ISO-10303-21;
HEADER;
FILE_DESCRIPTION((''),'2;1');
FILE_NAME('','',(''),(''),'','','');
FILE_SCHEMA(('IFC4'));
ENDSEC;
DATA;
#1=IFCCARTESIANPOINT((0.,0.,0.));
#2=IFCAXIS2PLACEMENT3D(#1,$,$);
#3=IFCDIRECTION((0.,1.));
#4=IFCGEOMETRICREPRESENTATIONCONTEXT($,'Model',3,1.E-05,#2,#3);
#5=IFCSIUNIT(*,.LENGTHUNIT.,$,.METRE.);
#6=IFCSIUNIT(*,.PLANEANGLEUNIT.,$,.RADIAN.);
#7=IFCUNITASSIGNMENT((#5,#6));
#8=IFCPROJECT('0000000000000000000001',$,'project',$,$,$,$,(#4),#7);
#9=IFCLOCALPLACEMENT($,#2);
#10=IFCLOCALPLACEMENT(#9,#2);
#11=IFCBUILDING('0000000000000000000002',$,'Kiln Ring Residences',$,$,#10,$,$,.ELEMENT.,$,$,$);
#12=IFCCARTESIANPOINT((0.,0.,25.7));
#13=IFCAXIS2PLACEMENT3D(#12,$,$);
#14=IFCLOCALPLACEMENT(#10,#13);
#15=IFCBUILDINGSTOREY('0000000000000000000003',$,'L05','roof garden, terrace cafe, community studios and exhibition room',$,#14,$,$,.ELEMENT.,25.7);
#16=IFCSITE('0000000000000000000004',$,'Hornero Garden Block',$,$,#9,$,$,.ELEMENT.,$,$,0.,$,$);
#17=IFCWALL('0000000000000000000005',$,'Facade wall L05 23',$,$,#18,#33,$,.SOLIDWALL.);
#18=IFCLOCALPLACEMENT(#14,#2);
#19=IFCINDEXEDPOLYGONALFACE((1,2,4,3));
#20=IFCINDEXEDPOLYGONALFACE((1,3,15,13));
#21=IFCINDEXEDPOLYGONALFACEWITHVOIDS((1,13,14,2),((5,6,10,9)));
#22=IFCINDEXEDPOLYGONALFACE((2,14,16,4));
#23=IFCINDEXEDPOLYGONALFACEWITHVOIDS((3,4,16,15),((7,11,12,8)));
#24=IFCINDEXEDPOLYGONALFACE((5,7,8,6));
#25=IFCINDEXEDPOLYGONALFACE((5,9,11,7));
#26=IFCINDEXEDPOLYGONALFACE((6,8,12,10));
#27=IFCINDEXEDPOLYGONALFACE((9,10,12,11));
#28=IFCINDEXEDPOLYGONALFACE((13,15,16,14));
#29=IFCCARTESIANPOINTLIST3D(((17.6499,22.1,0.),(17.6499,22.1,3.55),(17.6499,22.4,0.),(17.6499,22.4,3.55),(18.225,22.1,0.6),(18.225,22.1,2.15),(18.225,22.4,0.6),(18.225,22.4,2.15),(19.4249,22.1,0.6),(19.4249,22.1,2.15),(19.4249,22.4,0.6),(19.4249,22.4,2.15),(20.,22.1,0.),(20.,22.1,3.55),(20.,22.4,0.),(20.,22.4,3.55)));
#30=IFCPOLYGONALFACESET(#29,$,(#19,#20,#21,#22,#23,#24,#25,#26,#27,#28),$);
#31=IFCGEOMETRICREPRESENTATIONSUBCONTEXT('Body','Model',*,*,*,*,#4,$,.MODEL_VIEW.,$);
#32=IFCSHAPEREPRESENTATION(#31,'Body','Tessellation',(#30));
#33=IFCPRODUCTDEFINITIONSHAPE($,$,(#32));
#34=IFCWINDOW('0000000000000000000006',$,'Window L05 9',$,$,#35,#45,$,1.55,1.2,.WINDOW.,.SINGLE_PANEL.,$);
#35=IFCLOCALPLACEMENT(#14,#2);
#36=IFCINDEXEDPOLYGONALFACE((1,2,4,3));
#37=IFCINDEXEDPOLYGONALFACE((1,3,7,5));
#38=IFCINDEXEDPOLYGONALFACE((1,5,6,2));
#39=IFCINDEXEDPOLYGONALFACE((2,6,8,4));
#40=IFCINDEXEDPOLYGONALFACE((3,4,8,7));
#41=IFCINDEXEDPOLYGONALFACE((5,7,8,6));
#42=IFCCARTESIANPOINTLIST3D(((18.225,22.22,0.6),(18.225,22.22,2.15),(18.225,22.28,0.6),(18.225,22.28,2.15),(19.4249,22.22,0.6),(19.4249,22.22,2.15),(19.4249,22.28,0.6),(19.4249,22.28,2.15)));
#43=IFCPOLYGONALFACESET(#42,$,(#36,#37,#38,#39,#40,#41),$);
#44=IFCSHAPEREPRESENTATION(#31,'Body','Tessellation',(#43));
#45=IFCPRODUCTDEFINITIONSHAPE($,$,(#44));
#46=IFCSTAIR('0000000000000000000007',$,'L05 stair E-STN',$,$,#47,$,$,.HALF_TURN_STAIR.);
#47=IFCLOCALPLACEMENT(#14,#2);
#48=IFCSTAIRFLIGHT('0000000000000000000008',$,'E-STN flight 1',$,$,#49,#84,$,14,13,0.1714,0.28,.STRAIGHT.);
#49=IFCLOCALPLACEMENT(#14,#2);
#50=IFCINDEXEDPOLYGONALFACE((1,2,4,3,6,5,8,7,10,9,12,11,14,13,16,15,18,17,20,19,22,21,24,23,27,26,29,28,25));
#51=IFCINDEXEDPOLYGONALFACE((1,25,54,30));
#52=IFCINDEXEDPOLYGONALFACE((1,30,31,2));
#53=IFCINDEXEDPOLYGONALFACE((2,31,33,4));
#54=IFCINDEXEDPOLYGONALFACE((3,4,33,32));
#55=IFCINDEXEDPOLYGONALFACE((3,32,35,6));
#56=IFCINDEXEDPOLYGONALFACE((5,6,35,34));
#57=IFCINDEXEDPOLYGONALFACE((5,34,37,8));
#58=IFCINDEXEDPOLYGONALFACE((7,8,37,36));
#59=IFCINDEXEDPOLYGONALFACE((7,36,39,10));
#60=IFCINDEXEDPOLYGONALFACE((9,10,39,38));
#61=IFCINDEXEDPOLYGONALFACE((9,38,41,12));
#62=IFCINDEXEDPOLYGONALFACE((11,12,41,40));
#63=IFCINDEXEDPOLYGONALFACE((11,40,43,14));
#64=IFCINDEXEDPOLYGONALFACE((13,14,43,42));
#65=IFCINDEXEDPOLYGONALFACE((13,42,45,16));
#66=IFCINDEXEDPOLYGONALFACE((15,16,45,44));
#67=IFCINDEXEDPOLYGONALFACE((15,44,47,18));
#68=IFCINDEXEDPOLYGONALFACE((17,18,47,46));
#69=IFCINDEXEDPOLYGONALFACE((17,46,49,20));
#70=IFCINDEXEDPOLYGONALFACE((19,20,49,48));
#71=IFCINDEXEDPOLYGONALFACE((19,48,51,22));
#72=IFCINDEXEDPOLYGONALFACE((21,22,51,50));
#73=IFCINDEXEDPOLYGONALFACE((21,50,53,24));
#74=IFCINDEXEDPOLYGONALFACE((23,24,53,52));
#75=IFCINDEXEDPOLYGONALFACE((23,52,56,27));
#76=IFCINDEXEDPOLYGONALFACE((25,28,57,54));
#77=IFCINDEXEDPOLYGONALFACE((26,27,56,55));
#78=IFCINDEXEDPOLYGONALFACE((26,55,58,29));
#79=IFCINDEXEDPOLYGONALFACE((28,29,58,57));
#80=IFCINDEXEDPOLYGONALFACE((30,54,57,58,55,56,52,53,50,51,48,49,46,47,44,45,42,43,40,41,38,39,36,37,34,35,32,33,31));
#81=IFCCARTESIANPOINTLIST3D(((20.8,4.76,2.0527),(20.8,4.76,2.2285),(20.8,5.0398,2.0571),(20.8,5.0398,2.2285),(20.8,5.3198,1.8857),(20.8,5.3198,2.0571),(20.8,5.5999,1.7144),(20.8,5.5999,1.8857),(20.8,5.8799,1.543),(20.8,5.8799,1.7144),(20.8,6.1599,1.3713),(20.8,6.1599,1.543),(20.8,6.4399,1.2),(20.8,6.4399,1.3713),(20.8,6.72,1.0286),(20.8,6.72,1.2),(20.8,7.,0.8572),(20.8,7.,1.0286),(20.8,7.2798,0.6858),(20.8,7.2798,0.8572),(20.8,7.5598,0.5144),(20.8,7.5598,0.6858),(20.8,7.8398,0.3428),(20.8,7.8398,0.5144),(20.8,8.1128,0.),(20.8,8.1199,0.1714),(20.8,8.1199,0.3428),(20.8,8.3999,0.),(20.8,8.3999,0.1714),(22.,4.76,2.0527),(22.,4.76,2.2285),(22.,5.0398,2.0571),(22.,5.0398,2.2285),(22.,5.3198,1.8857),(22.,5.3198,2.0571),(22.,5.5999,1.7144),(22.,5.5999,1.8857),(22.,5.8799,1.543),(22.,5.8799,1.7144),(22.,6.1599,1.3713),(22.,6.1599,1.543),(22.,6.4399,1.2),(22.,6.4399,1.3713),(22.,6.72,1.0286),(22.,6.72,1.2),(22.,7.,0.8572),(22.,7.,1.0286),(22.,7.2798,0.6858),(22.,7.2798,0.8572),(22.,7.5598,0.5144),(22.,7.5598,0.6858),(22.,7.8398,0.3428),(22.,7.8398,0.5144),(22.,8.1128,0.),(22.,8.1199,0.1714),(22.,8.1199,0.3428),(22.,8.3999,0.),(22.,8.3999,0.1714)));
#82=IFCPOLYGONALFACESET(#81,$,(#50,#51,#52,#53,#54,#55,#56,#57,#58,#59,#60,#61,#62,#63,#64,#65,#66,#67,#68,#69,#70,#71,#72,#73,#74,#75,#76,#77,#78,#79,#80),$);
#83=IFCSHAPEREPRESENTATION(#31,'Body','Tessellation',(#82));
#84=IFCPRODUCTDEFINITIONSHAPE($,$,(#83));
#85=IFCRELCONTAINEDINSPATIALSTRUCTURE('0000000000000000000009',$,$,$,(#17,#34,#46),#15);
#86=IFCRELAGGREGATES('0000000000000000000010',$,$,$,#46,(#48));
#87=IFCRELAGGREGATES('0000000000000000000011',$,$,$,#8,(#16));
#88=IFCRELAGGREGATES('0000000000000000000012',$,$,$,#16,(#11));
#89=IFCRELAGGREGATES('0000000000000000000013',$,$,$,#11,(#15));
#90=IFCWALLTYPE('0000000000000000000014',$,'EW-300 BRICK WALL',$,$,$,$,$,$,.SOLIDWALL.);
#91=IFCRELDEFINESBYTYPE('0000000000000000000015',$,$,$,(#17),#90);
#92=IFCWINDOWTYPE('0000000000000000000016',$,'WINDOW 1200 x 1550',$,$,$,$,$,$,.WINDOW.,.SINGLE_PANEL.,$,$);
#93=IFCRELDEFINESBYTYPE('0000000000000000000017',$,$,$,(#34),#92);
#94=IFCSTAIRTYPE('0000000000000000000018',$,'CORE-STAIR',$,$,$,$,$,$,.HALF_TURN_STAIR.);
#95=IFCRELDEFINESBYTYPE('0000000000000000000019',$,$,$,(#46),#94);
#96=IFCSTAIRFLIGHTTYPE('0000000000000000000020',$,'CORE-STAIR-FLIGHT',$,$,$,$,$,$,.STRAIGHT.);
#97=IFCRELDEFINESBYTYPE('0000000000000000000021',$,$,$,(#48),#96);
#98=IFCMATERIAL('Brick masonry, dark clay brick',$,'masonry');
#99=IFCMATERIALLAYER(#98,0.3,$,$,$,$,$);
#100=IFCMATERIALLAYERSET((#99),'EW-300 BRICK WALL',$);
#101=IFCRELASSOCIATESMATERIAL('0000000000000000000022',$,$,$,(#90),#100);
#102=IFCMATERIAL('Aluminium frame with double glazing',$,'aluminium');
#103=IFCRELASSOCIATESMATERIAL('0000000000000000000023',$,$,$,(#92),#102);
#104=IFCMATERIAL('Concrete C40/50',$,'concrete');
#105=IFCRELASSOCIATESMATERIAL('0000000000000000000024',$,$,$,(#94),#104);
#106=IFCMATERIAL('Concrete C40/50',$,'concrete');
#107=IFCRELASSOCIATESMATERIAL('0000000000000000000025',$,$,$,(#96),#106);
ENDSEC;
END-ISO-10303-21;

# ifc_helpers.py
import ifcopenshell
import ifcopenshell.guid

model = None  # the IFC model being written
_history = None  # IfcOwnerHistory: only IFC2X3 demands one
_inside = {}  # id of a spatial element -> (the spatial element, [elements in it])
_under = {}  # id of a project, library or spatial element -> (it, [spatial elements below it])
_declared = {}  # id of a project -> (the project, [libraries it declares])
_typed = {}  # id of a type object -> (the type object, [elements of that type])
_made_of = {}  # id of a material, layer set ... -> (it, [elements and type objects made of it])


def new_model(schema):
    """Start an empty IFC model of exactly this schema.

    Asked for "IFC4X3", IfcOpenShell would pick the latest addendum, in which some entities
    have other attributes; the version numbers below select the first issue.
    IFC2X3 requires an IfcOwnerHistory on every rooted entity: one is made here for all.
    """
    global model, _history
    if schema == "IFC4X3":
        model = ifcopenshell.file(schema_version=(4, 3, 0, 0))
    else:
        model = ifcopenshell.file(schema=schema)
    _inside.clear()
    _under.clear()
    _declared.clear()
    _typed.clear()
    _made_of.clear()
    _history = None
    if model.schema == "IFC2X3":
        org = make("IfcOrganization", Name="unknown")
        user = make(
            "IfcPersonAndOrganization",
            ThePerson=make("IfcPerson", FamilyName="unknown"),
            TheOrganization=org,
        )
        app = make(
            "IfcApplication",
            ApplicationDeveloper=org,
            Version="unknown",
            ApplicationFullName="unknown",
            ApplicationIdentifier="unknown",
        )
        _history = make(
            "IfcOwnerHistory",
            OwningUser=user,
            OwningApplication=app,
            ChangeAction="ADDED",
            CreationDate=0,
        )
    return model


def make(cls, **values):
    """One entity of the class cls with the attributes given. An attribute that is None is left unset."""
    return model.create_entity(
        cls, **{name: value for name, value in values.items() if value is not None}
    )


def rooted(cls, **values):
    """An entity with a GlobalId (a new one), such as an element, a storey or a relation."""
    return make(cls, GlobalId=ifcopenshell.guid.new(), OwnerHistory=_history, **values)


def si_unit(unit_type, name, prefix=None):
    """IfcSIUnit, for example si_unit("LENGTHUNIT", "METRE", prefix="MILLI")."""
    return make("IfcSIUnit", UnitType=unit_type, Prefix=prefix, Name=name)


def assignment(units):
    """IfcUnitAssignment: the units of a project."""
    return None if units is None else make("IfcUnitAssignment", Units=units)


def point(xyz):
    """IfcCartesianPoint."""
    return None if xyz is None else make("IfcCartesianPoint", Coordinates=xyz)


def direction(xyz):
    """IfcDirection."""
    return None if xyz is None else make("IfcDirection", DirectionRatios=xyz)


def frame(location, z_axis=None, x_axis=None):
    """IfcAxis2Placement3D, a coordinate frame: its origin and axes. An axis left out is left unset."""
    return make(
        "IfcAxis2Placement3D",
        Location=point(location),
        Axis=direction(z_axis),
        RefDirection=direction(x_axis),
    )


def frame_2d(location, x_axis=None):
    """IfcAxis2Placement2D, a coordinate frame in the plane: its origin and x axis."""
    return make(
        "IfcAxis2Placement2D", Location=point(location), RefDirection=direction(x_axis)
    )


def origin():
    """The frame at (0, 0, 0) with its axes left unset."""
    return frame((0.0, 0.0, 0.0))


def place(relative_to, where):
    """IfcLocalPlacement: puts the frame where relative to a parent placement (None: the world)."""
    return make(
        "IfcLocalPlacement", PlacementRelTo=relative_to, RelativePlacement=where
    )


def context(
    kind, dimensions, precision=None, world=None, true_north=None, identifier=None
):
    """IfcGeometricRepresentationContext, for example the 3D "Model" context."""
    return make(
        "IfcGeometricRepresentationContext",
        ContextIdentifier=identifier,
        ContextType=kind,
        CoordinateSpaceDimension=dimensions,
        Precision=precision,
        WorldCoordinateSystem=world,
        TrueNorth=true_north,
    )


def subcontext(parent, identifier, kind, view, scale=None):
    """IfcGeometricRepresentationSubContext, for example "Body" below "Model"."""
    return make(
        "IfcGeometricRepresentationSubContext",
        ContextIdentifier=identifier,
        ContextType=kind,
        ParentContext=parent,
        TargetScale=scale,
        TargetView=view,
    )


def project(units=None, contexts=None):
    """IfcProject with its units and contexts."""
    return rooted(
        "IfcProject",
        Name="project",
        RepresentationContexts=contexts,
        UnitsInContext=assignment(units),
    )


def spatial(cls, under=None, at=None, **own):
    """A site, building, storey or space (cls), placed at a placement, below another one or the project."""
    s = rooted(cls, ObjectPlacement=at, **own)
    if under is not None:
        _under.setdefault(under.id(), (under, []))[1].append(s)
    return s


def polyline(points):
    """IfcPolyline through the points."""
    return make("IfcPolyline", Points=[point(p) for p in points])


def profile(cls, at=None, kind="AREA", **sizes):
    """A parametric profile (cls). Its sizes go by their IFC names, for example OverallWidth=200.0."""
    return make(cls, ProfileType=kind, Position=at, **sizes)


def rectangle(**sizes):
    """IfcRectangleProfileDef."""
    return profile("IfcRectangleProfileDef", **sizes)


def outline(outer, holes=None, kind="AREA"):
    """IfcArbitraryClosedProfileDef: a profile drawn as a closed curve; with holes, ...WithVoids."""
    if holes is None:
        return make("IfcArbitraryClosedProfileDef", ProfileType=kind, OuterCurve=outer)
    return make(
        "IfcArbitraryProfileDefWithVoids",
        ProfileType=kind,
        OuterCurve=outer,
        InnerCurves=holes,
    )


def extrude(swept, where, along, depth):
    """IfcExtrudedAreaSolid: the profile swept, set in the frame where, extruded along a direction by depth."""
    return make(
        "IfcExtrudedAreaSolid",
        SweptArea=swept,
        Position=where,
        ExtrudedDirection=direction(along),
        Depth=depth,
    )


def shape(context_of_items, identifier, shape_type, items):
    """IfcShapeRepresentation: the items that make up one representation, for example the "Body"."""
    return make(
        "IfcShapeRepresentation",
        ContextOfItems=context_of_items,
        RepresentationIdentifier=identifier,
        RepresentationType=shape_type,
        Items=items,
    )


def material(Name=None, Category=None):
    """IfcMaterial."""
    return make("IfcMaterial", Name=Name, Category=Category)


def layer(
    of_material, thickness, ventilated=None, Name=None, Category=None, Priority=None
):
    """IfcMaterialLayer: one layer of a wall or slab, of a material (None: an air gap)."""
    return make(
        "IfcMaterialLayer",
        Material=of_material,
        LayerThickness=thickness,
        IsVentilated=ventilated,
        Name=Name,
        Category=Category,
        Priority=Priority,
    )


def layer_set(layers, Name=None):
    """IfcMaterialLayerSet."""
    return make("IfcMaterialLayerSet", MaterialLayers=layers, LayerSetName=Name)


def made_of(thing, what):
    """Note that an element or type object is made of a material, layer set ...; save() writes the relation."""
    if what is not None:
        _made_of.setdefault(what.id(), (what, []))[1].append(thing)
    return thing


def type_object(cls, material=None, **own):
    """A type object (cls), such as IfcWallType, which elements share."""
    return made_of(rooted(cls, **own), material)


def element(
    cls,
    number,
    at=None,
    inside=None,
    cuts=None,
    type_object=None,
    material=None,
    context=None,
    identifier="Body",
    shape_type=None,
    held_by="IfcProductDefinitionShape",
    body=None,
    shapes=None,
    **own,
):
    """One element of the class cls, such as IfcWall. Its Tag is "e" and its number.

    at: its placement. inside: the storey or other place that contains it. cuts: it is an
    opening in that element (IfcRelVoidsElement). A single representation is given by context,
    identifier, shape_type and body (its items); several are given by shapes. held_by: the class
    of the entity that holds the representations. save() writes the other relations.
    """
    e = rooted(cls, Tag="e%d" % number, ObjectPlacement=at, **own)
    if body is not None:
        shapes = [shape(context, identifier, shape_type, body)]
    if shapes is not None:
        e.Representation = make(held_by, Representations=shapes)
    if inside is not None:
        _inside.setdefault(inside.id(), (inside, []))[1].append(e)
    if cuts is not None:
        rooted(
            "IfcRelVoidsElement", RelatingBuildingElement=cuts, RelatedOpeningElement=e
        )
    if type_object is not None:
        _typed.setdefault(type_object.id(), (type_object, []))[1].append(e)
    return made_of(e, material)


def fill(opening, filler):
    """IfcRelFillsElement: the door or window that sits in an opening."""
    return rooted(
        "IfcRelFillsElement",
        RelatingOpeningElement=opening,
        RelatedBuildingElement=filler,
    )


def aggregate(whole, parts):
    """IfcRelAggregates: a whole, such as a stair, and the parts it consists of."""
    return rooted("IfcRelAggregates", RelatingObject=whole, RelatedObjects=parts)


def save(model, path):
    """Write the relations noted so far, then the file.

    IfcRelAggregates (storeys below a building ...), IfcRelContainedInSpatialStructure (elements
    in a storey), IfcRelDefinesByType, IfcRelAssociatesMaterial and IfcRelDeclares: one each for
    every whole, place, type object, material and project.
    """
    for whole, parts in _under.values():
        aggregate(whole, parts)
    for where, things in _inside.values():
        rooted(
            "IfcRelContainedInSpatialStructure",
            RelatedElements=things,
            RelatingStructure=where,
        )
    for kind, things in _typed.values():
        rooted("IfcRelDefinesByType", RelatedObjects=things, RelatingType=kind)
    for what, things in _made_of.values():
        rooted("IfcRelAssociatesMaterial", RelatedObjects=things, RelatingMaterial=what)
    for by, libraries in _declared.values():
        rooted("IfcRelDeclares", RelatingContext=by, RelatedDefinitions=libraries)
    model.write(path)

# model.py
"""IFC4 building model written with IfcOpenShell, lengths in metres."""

from ifc_helpers import new_model, si_unit, direction, frame, frame_2d, origin, place, context, subcontext, project, spatial, polyline, rectangle, outline, extrude, material, layer, layer_set, type_object, element, fill, aggregate, save


model = new_model("IFC4")

# Units and contexts
model_context = context("Model", 3, precision=1e-05, world=origin(), true_north=direction((0.0, 1.0)))
body_context = subcontext(model_context, "Body", "Model", "MODEL_VIEW")
ifc_project = project(units=[si_unit("LENGTHUNIT", "METRE"), si_unit("PLANEANGLEUNIT", "RADIAN")], contexts=[model_context])

# Site, building, storey
site_placement = place(None, origin())
site = spatial("IfcSite", under=ifc_project, at=site_placement, Name="Hornero Garden Block", CompositionType="ELEMENT", RefElevation=0.0)
building_placement = place(site_placement, origin())
building = spatial("IfcBuilding", under=site, at=building_placement, Name="Kiln Ring Residences", CompositionType="ELEMENT")
storey_placement = place(building_placement, frame((0.0, 0.0, 25.7)))
storey = spatial("IfcBuildingStorey", under=building, at=storey_placement, Name="L05", Description="roof garden, terrace cafe, community studios and exhibition room", CompositionType="ELEMENT", Elevation=25.7)

# Shared definitions
ifc_material_1 = material(Name="Brick masonry, dark clay brick", Category="masonry")
ifc_layer_1 = layer(ifc_material_1, 0.3)
ifc_layer_set_1 = layer_set([ifc_layer_1], Name="EW-300 BRICK WALL")
wall_type_1 = type_object("IfcWallType", Name="EW-300 BRICK WALL", PredefinedType="SOLIDWALL", material=ifc_layer_set_1)

# Wall, opening, window
wall_1_placement = place(storey_placement, frame((20.0, 22.25, 0.0), z_axis=(0.0, 0.0, 1.0), x_axis=(-1.0, 0.0, 0.0)))
wall_1 = element("IfcWall", 1, at=wall_1_placement, inside=storey, type_object=wall_type_1, Name="Facade wall L05 23", PredefinedType="SOLIDWALL", context=body_context, shape_type="SweptSolid", body=[
    extrude(rectangle(XDim=2.3501, YDim=0.3, at=frame_2d((1.175, 0.0))), origin(), (0.0, 0.0, 1.0), 3.55),
])
opening_1_placement = place(wall_1_placement, frame((0.575, 0.0, 0.6001)))
opening_1 = element("IfcOpeningElement", 2, at=opening_1_placement, cuts=wall_1, PredefinedType="OPENING", context=body_context, shape_type="SweptSolid", body=[
    extrude(rectangle(XDim=1.2, YDim=1.55, at=frame_2d((0.6001, 0.7749))), frame((0.0, 0.1599, 0.0), z_axis=(0.0, -1.0, 0.0), x_axis=(1.0, 0.0, 0.0)), (0.0, 0.0, 1.0), 0.3201),
])
ifc_material_2 = material(Name="Aluminium frame with double glazing", Category="aluminium")
window_type_1 = type_object("IfcWindowType", Name="WINDOW 1200 x 1550", PartitioningType="SINGLE_PANEL", PredefinedType="WINDOW", material=ifc_material_2)
window_1_placement = place(opening_1_placement, origin())
window_1 = element("IfcWindow", 3, at=window_1_placement, inside=storey, type_object=window_type_1, Name="Window L05 9", OverallHeight=1.55, OverallWidth=1.2, PartitioningType="SINGLE_PANEL", PredefinedType="WINDOW", context=body_context, shape_type="SweptSolid", body=[
    extrude(rectangle(XDim=1.2, YDim=1.55, at=frame_2d((0.6001, 0.7749))), frame((0.0, 0.03, 0.0), z_axis=(0.0, -1.0, 0.0), x_axis=(1.0, 0.0, 0.0)), (0.0, 0.0, 1.0), 0.0601),
])
fill(opening_1, window_1)

# Stair, stair flight
ifc_material_3 = material(Name="Concrete C40/50", Category="concrete")
stair_type = type_object("IfcStairType", Name="CORE-STAIR", PredefinedType="HALF_TURN_STAIR", material=ifc_material_3)
stair_placement = place(storey_placement, origin())
stair = element("IfcStair", 4, at=stair_placement, inside=storey, type_object=stair_type, Name="L05 stair E-STN", PredefinedType="HALF_TURN_STAIR")
ifc_material_4 = material(Name="Concrete C40/50", Category="concrete")
stair_flight_type = type_object("IfcStairFlightType", Name="CORE-STAIR-FLIGHT", PredefinedType="STRAIGHT", material=ifc_material_4)
stair_flight_placement = place(storey_placement, frame((21.3999, 8.3999, 0.0), z_axis=(0.0, 0.0, 1.0), x_axis=(0.0, -1.0, 0.0)))
stair_flight = element("IfcStairFlight", 5, at=stair_flight_placement, type_object=stair_flight_type, Name="E-STN flight 1", NumberOfRisers=14, NumberOfTreads=13, PredefinedType="STRAIGHT", RiserHeight=0.1714, TreadLength=0.28, context=body_context, shape_type="SweptSolid", body=[
    extrude(outline(polyline([(0.0, 0.0), (0.0, 0.1714), (0.28, 0.1714), (0.28, 0.3428), (0.5601, 0.3428), (0.5601, 0.5144), (0.8401, 0.5144), (0.8401, 0.6858), (1.1201, 0.6858), (1.1201, 0.8572), (1.3999, 0.8572), (1.3999, 1.0286), (1.6799, 1.0286), (1.6799, 1.2), (1.96, 1.2), (1.96, 1.3713), (2.24, 1.3713), (2.24, 1.543), (2.52, 1.543), (2.52, 1.7144), (2.8, 1.7144), (2.8, 1.8857), (3.0801, 1.8857), (3.0801, 2.0571), (3.3601, 2.0571), (3.3601, 2.2285), (3.6399, 2.2285), (3.6399, 2.3999), (3.6399, 2.0527), (0.2871, 0.0), (0.0, 0.0)])), frame((0.0, 0.6001, 0.0), z_axis=(0.0, -1.0, 0.0), x_axis=(1.0, 0.0, 0.0)), (0.0, 0.0, 1.0), 1.2),
])
aggregate(stair, [stair_flight])

save(model, "model.ifc")
